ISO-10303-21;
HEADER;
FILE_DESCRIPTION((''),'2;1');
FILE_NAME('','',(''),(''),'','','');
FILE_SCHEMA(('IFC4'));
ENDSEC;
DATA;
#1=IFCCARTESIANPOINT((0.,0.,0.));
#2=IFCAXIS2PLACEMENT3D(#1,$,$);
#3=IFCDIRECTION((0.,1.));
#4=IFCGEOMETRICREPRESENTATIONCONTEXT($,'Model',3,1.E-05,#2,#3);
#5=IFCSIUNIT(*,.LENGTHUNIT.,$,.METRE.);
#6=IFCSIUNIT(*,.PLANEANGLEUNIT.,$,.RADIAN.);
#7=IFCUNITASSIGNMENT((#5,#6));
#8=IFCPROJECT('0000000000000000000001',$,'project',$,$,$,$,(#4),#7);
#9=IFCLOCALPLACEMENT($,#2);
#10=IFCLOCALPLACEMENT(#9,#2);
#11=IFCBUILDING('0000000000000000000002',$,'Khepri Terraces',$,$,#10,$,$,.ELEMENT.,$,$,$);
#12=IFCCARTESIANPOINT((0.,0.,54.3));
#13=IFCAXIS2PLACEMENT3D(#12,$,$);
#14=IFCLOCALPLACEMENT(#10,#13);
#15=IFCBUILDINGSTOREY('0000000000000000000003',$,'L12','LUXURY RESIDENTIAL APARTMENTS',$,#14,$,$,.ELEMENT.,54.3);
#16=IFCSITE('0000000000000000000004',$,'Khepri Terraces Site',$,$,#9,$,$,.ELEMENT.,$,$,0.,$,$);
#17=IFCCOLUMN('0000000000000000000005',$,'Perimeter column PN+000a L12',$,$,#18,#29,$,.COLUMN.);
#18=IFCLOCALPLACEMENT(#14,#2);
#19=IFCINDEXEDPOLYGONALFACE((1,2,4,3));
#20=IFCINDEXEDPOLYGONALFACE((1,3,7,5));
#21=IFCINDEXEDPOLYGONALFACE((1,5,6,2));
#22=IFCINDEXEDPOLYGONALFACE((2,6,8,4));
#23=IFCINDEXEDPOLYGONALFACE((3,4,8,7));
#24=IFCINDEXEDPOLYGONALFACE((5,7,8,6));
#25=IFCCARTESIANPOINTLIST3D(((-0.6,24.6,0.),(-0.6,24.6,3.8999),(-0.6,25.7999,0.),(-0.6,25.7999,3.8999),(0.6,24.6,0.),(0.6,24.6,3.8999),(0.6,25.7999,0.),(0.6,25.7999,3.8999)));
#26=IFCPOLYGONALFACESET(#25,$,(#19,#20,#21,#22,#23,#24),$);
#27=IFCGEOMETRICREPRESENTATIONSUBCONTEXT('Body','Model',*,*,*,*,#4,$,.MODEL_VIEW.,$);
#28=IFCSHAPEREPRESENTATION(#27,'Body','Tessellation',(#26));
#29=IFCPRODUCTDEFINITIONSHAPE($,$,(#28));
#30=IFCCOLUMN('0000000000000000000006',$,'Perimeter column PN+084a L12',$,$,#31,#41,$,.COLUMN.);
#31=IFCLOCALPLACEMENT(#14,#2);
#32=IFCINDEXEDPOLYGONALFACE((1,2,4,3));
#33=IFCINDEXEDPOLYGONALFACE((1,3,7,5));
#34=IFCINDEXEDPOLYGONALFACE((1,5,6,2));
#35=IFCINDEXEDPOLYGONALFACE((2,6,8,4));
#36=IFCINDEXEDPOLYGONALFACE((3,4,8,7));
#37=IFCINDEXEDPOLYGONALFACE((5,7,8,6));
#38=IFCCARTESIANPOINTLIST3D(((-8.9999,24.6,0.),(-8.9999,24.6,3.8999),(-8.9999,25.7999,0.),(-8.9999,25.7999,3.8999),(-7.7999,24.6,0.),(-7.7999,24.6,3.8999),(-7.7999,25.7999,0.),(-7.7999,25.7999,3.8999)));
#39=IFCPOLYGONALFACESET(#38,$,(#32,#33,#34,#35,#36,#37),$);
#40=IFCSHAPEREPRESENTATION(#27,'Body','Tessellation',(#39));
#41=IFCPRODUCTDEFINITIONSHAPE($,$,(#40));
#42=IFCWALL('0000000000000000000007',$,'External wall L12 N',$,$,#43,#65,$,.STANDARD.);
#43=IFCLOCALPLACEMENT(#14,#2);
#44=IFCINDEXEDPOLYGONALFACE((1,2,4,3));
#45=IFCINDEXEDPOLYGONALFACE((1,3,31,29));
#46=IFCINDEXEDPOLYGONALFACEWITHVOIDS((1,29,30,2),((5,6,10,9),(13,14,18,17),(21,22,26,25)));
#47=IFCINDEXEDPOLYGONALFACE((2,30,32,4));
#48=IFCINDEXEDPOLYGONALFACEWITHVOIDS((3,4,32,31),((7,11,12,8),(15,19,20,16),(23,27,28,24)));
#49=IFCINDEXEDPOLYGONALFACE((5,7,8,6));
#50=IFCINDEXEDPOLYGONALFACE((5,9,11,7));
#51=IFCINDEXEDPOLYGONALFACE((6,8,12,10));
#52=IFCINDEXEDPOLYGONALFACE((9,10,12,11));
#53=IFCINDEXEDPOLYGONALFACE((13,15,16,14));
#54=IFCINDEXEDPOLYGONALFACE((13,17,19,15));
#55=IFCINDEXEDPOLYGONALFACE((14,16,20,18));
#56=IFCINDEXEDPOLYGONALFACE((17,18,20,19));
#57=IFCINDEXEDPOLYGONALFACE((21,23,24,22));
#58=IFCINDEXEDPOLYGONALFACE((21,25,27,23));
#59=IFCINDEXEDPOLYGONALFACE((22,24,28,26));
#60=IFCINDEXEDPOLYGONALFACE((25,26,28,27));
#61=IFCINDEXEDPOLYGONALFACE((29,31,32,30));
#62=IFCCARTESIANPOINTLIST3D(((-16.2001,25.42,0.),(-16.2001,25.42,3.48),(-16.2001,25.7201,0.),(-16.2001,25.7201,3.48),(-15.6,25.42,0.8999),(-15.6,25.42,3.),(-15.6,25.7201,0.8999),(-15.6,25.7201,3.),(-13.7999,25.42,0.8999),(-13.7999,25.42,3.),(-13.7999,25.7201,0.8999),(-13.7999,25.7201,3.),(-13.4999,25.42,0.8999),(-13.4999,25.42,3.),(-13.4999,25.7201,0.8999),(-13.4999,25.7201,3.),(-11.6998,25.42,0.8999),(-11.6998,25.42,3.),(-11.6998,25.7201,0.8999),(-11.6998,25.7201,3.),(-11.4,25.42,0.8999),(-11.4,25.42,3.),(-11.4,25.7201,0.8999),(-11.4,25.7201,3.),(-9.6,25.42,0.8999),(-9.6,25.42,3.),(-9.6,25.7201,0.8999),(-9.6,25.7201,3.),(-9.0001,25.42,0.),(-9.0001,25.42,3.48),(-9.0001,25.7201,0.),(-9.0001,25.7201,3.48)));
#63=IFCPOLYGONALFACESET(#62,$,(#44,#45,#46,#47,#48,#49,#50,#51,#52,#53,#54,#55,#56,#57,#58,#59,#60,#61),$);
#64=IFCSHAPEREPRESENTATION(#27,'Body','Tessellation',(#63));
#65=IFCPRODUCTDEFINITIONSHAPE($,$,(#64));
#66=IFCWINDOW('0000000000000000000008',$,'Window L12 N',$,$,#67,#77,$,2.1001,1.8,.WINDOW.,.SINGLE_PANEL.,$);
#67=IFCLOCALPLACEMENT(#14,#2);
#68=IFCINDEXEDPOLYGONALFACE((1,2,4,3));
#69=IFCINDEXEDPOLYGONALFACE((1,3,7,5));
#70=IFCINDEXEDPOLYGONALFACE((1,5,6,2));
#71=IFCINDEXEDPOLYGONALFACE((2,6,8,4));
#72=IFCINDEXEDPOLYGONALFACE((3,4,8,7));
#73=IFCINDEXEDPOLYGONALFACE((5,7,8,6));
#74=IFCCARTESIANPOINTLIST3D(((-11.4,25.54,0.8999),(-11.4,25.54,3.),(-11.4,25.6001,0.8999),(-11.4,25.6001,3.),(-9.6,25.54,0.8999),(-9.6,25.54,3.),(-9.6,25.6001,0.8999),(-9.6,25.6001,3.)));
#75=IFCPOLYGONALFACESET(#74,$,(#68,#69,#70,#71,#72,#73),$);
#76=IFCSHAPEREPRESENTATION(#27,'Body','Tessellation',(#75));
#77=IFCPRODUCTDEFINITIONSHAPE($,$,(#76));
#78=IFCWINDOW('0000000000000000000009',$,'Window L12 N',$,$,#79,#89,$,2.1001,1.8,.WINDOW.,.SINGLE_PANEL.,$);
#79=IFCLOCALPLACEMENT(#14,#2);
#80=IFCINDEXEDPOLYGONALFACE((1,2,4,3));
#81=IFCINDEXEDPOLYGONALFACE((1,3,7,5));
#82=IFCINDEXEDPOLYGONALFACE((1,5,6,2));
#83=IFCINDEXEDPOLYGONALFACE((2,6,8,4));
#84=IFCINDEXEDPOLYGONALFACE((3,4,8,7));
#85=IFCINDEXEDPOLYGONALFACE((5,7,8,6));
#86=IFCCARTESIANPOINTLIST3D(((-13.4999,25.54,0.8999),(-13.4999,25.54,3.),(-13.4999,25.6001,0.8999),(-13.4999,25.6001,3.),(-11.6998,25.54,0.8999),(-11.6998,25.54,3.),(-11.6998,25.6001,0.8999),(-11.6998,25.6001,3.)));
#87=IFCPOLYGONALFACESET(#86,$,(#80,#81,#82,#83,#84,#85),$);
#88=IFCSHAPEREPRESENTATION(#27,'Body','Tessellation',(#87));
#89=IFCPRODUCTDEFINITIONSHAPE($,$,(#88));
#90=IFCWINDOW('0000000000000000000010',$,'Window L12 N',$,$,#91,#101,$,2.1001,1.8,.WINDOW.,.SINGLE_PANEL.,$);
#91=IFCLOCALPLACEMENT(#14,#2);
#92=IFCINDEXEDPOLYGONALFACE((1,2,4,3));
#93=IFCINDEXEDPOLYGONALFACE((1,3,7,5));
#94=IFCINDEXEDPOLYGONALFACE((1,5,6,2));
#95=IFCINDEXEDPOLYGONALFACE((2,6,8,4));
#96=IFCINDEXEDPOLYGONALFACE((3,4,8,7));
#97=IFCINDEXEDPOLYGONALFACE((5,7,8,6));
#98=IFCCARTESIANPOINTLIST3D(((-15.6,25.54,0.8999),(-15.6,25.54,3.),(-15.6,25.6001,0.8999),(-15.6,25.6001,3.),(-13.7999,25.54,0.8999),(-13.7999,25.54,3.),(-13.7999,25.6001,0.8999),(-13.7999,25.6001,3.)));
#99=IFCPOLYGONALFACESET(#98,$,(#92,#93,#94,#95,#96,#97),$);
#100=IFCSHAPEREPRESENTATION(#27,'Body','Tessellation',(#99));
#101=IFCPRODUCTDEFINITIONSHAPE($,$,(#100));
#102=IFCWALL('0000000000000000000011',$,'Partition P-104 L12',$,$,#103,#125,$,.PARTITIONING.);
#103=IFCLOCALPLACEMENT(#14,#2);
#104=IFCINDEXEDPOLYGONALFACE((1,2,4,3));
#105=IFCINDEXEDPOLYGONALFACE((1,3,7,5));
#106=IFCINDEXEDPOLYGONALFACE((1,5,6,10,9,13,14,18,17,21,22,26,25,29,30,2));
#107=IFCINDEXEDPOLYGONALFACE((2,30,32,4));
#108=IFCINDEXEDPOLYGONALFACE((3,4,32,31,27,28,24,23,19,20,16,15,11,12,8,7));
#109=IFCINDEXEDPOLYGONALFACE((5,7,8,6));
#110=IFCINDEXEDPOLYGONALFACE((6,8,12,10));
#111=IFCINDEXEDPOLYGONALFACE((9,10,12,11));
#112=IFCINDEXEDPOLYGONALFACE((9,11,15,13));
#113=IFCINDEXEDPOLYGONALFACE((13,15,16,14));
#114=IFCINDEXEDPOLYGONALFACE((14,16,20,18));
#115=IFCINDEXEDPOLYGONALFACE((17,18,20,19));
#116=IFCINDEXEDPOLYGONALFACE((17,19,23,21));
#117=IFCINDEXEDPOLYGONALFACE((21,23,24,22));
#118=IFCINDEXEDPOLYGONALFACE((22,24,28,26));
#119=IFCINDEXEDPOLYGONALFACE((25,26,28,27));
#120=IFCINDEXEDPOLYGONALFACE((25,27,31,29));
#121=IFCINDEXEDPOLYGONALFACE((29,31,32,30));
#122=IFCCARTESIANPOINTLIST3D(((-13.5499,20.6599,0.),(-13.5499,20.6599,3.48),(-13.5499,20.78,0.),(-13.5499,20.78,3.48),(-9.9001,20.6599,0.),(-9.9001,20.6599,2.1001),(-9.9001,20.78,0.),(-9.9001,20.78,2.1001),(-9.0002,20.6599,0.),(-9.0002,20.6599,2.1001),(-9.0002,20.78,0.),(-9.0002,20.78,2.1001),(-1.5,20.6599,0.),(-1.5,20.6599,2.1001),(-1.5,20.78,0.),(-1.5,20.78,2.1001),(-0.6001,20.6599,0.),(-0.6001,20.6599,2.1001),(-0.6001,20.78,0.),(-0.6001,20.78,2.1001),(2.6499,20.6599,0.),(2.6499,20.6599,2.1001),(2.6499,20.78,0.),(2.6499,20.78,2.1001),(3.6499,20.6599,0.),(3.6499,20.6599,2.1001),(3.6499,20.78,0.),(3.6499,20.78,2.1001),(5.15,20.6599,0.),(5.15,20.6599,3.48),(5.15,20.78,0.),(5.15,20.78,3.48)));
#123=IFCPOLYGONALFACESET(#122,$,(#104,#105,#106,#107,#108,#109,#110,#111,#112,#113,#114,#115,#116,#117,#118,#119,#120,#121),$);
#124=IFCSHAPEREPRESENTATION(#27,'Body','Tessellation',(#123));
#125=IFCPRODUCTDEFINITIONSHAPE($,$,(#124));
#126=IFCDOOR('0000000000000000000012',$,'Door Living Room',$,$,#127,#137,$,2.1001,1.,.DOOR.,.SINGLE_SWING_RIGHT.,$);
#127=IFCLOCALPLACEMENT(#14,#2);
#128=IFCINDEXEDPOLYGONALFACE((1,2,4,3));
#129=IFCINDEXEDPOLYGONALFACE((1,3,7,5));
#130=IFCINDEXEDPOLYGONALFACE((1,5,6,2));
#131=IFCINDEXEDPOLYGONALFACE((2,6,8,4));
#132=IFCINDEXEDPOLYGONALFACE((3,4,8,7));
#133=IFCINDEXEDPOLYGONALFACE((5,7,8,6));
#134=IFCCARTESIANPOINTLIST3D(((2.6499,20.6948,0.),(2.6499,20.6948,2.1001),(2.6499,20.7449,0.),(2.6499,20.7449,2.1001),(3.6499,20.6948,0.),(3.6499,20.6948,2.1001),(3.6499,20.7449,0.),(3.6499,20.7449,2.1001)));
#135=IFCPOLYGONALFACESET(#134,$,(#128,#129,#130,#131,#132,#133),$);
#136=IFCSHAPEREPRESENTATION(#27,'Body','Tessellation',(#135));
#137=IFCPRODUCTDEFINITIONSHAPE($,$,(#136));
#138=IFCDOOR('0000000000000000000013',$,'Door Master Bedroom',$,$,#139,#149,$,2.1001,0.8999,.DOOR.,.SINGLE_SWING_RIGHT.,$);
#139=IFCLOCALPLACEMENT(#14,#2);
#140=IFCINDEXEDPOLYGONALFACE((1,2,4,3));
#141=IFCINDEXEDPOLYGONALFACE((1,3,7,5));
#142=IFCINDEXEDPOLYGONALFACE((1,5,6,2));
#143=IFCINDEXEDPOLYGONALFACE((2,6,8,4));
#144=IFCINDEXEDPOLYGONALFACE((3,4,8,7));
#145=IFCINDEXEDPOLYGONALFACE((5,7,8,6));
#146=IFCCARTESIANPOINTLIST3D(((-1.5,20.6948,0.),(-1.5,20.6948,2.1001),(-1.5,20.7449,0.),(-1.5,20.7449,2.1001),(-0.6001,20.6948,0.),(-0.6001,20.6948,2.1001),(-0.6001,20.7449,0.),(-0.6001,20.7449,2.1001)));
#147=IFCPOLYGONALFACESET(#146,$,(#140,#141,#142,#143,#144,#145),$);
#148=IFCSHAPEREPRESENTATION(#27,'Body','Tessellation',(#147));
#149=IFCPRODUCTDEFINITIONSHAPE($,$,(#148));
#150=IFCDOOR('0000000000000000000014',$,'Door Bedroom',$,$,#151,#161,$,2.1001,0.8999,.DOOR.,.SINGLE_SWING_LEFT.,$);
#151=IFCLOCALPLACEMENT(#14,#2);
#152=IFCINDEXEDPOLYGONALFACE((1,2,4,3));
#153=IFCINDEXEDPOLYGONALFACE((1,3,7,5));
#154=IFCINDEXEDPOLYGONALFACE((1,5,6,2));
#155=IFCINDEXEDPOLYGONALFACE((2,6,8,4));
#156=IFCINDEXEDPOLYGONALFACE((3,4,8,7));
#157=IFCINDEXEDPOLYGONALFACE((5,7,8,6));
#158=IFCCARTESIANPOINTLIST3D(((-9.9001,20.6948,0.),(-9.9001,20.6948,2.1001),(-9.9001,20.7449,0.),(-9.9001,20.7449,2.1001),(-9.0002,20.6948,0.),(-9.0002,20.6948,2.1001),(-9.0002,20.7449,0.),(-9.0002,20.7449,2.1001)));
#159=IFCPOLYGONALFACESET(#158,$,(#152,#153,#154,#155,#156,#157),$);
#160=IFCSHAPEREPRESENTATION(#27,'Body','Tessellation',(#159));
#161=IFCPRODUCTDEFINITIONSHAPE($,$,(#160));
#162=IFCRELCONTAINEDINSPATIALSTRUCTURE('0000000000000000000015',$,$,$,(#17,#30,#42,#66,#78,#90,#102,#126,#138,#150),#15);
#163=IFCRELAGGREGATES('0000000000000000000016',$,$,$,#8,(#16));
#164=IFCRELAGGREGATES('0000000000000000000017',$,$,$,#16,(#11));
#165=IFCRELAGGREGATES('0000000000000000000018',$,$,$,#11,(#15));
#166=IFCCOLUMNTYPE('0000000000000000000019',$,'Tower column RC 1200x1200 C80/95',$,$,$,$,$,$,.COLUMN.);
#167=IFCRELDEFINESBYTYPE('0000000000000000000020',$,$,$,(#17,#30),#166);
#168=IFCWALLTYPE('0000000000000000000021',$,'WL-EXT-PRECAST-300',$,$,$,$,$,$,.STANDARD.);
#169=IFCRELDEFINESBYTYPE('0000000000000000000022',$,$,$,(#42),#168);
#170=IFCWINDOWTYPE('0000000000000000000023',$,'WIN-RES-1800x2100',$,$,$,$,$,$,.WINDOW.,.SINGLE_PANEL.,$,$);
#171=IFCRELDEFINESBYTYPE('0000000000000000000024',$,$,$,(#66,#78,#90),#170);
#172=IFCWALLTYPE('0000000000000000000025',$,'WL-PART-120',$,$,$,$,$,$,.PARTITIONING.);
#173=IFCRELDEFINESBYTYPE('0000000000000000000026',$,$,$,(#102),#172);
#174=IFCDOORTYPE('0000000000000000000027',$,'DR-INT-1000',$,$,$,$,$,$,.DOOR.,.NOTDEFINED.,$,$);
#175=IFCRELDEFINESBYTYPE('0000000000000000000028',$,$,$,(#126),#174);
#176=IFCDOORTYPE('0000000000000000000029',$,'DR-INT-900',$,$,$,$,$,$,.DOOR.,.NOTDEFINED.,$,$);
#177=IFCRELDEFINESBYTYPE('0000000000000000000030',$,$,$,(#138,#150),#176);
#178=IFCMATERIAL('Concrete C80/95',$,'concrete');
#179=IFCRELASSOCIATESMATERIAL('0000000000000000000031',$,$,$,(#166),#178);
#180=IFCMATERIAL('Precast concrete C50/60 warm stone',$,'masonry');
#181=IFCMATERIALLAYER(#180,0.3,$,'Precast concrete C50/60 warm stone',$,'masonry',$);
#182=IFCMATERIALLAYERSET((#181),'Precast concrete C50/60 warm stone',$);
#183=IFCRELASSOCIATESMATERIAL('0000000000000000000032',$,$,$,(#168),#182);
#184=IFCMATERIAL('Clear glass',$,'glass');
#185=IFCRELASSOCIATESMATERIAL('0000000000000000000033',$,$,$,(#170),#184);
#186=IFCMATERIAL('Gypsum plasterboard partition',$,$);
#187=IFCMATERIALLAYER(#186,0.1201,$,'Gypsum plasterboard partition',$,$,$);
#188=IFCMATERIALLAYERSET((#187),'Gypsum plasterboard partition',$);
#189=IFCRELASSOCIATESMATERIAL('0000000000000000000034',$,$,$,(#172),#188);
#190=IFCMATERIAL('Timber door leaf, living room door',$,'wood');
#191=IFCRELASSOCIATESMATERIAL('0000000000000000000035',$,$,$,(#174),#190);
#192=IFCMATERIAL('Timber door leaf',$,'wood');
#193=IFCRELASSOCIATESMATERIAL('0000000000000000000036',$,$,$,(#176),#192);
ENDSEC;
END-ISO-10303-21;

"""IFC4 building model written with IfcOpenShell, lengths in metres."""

from ifc_helpers import new_model, si_unit, direction, frame, frame_2d, origin, origin_2d, place, context, subcontext, project, spatial, rectangle, extrude, material, layer, layer_set, material_profile, profile_set, type_object, element, fill, save


model = new_model("IFC4")

# Units and contexts
model_context = context("Model", 3, precision=1e-05, world=origin(), true_north=direction((0.0, 1.0)))
body_context = subcontext(model_context, "Body", "Model", "MODEL_VIEW")
ifc_project = project(units=[si_unit("LENGTHUNIT", "METRE"), si_unit("PLANEANGLEUNIT", "RADIAN")], contexts=[model_context])

# Site, building, storey
site_placement = place(None, origin())
site = spatial("IfcSite", under=ifc_project, at=site_placement, Name="Khepri Terraces Site", CompositionType="ELEMENT", RefElevation=0.0)
building_placement = place(site_placement, origin())
building = spatial("IfcBuilding", under=site, at=building_placement, Name="Khepri Terraces", CompositionType="ELEMENT")
storey_placement = place(building_placement, frame((0.0, 0.0, 54.3)))
storey = spatial("IfcBuildingStorey", under=building, at=storey_placement, Name="L12", Description="LUXURY RESIDENTIAL APARTMENTS", CompositionType="ELEMENT", Elevation=54.3)

# Columns
ifc_material_1 = material(Name="Concrete C80/95", Category="concrete")
ifc_material_profile = material_profile(ifc_material_1, rectangle(XDim=1.2, YDim=1.2, at=origin_2d()), Name="Concrete C80/95", Category="concrete")
ifc_profile_set = profile_set([ifc_material_profile], Name="Concrete C80/95")
column_type = type_object("IfcColumnType", Name="Tower column RC 1200x1200 C80/95", PredefinedType="COLUMN", material=ifc_profile_set)
for number, where, z_axis, x_axis, name in (
    (1, (0.0, 25.2, 0.0), (0.0, 0.0, 1.0), (1.0, 0.0, 0.0), "Perimeter column PN+000a L12"),
    (2, (-8.3999, 25.2, 0.0), (0.0, 0.0, 1.0), (1.0, 0.0, 0.0), "Perimeter column PN+084a L12"),
):
    element("IfcColumn", number, at=place(storey_placement, frame(where, z_axis=z_axis, x_axis=x_axis)), inside=storey, type_object=column_type, Name=name, PredefinedType="COLUMN", context=body_context, shape_type="SweptSolid", body=[
        extrude(rectangle(XDim=1.2, YDim=1.2, at=origin_2d()), origin(), (0.0, 0.0, 1.0), 3.8999),
    ])

# Shared definitions
ifc_material_2 = material(Name="Precast concrete C50/60 warm stone", Category="masonry")
ifc_layer_1 = layer(ifc_material_2, 0.3, Name="Precast concrete C50/60 warm stone", Category="masonry")
ifc_layer_set_1 = layer_set([ifc_layer_1], Name="Precast concrete C50/60 warm stone")
wall_type_1 = type_object("IfcWallType", Name="WL-EXT-PRECAST-300", PredefinedType="STANDARD", material=ifc_layer_set_1)
ifc_material_3 = material(Name="Clear glass", Category="glass")
window_type = type_object("IfcWindowType", Name="WIN-RES-1800x2100", PartitioningType="SINGLE_PANEL", PredefinedType="WINDOW", material=ifc_material_3)

# Wall, openings, windows
wall_1_placement = place(storey_placement, frame((-9.0, 25.5701, 0.0), z_axis=(0.0, 0.0, 1.0), x_axis=(-1.0, 0.0, 0.0)))
wall_1 = element("IfcWall", 3, at=wall_1_placement, inside=storey, type_object=wall_type_1, Name="External wall L12 N", PredefinedType="STANDARD", context=body_context, shape_type="SweptSolid", body=[
    extrude(rectangle(XDim=7.2, YDim=0.3, at=frame_2d((3.6001, 0.0))), origin(), (0.0, 0.0, 1.0), 3.48),
])
opening_1_placement = place(wall_1_placement, frame((0.6001, 0.0, 0.8999)))
opening_1 = element("IfcOpeningElement", 4, at=opening_1_placement, cuts=wall_1, PredefinedType="OPENING", context=body_context, shape_type="SweptSolid", body=[
    extrude(rectangle(XDim=1.8, YDim=2.1001, at=frame_2d((0.8999, 1.05))), frame((0.0, 0.1602, 0.0), z_axis=(0.0, -1.0, 0.0), x_axis=(1.0, 0.0, 0.0)), (0.0, 0.0, 1.0), 0.3201),
])
opening_2_placement = place(wall_1_placement, frame((2.7, 0.0, 0.8999)))
opening_2 = element("IfcOpeningElement", 5, at=opening_2_placement, cuts=wall_1, PredefinedType="OPENING", context=body_context, shape_type="SweptSolid", body=[
    extrude(rectangle(XDim=1.8, YDim=2.1001, at=frame_2d((0.8999, 1.05))), frame((0.0, 0.1602, 0.0), z_axis=(0.0, -1.0, 0.0), x_axis=(1.0, 0.0, 0.0)), (0.0, 0.0, 1.0), 0.3201),
])
opening_3_placement = place(wall_1_placement, frame((4.8, 0.0, 0.8999)))
opening_3 = element("IfcOpeningElement", 6, at=opening_3_placement, cuts=wall_1, PredefinedType="OPENING", context=body_context, shape_type="SweptSolid", body=[
    extrude(rectangle(XDim=1.8, YDim=2.1001, at=frame_2d((0.8999, 1.05))), frame((0.0, 0.1602, 0.0), z_axis=(0.0, -1.0, 0.0), x_axis=(1.0, 0.0, 0.0)), (0.0, 0.0, 1.0), 0.3201),
])
window_1_placement = place(opening_1_placement, origin())
window_1 = element("IfcWindow", 7, at=window_1_placement, inside=storey, type_object=window_type, Name="Window L12 N", OverallHeight=2.1001, OverallWidth=1.8, PartitioningType="SINGLE_PANEL", PredefinedType="WINDOW", context=body_context, shape_type="SweptSolid", body=[
    extrude(rectangle(XDim=1.8, YDim=2.1001, at=frame_2d((0.8999, 1.05))), frame((0.0, 0.03, 0.0), z_axis=(0.0, -1.0, 0.0), x_axis=(1.0, 0.0, 0.0)), (0.0, 0.0, 1.0), 0.0601),
])
fill(opening_1, window_1)
window_2_placement = place(opening_2_placement, origin())
window_2 = element("IfcWindow", 8, at=window_2_placement, inside=storey, type_object=window_type, Name="Window L12 N", OverallHeight=2.1001, OverallWidth=1.8, PartitioningType="SINGLE_PANEL", PredefinedType="WINDOW", context=body_context, shape_type="SweptSolid", body=[
    extrude(rectangle(XDim=1.8, YDim=2.1001, at=frame_2d((0.8999, 1.05))), frame((0.0, 0.03, 0.0), z_axis=(0.0, -1.0, 0.0), x_axis=(1.0, 0.0, 0.0)), (0.0, 0.0, 1.0), 0.0601),
])
fill(opening_2, window_2)
window_3_placement = place(opening_3_placement, origin())
window_3 = element("IfcWindow", 9, at=window_3_placement, inside=storey, type_object=window_type, Name="Window L12 N", OverallHeight=2.1001, OverallWidth=1.8, PartitioningType="SINGLE_PANEL", PredefinedType="WINDOW", context=body_context, shape_type="SweptSolid", body=[
    extrude(rectangle(XDim=1.8, YDim=2.1001, at=frame_2d((0.8999, 1.05))), frame((0.0, 0.03, 0.0), z_axis=(0.0, -1.0, 0.0), x_axis=(1.0, 0.0, 0.0)), (0.0, 0.0, 1.0), 0.0601),
])
fill(opening_3, window_3)

# Wall, openings, doors
ifc_material_4 = material(Name="Gypsum plasterboard partition")
ifc_layer_2 = layer(ifc_material_4, 0.1201, Name="Gypsum plasterboard partition")
ifc_layer_set_2 = layer_set([ifc_layer_2], Name="Gypsum plasterboard partition")
wall_type_2 = type_object("IfcWallType", Name="WL-PART-120", PredefinedType="PARTITIONING", material=ifc_layer_set_2)
wall_2_placement = place(storey_placement, frame((-13.55, 20.72, 0.0), z_axis=(0.0, 0.0, 1.0), x_axis=(1.0, 0.0, 0.0)))
wall_2 = element("IfcWall", 10, at=wall_2_placement, inside=storey, type_object=wall_type_2, Name="Partition P-104 L12", PredefinedType="PARTITIONING", context=body_context, shape_type="SweptSolid", body=[
    extrude(rectangle(XDim=18.7, YDim=0.1201, at=frame_2d((9.3501, 0.0))), origin(), (0.0, 0.0, 1.0), 3.48),
])
opening_4_placement = place(wall_2_placement, frame((16.2, 0.0, 0.0)))
opening_4 = element("IfcOpeningElement", 11, at=opening_4_placement, cuts=wall_2, PredefinedType="OPENING", context=body_context, shape_type="SweptSolid", body=[
    extrude(rectangle(XDim=1.0, YDim=2.1001, at=frame_2d((0.5, 1.05))), frame((0.0, 0.0701, 0.0), z_axis=(0.0, -1.0, 0.0), x_axis=(1.0, 0.0, 0.0)), (0.0, 0.0, 1.0), 0.1401),
])
opening_5_placement = place(wall_2_placement, frame((12.05, 0.0, 0.0)))
opening_5 = element("IfcOpeningElement", 12, at=opening_5_placement, cuts=wall_2, PredefinedType="OPENING", context=body_context, shape_type="SweptSolid", body=[
    extrude(rectangle(XDim=0.8999, YDim=2.1001, at=frame_2d((0.45, 1.05))), frame((0.0, 0.0701, 0.0), z_axis=(0.0, -1.0, 0.0), x_axis=(1.0, 0.0, 0.0)), (0.0, 0.0, 1.0), 0.1401),
])
opening_6_placement = place(wall_2_placement, frame((3.6499, 0.0, 0.0)))
opening_6 = element("IfcOpeningElement", 13, at=opening_6_placement, cuts=wall_2, PredefinedType="OPENING", context=body_context, shape_type="SweptSolid", body=[
    extrude(rectangle(XDim=0.8999, YDim=2.1001, at=frame_2d((0.45, 1.05))), frame((0.0, 0.0701, 0.0), z_axis=(0.0, -1.0, 0.0), x_axis=(1.0, 0.0, 0.0)), (0.0, 0.0, 1.0), 0.1401),
])
ifc_material_5 = material(Name="Timber door leaf, living room door", Category="wood")
door_type_1 = type_object("IfcDoorType", Name="DR-INT-1000", OperationType="NOTDEFINED", PredefinedType="DOOR", material=ifc_material_5)
door_1_placement = place(opening_4_placement, origin())
door_1 = element("IfcDoor", 14, at=door_1_placement, inside=storey, type_object=door_type_1, Name="Door Living Room", OperationType="SINGLE_SWING_RIGHT", OverallHeight=2.1001, OverallWidth=1.0, PredefinedType="DOOR", context=body_context, shape_type="SweptSolid", body=[
    extrude(rectangle(XDim=1.0, YDim=2.1001, at=frame_2d((0.5, 1.05))), frame((0.0, 0.0249, 0.0), z_axis=(0.0, -1.0, 0.0), x_axis=(1.0, 0.0, 0.0)), (0.0, 0.0, 1.0), 0.05),
])
fill(opening_4, door_1)
ifc_material_6 = material(Name="Timber door leaf", Category="wood")
door_type_2 = type_object("IfcDoorType", Name="DR-INT-900", OperationType="NOTDEFINED", PredefinedType="DOOR", material=ifc_material_6)
door_2_placement = place(opening_5_placement, origin())
door_2 = element("IfcDoor", 15, at=door_2_placement, inside=storey, type_object=door_type_2, Name="Door Master Bedroom", OperationType="SINGLE_SWING_RIGHT", OverallHeight=2.1001, OverallWidth=0.8999, PredefinedType="DOOR", context=body_context, shape_type="SweptSolid", body=[
    extrude(rectangle(XDim=0.8999, YDim=2.1001, at=frame_2d((0.45, 1.05))), frame((0.0, 0.0249, 0.0), z_axis=(0.0, -1.0, 0.0), x_axis=(1.0, 0.0, 0.0)), (0.0, 0.0, 1.0), 0.05),
])
fill(opening_5, door_2)
door_3_placement = place(opening_6_placement, origin())
door_3 = element("IfcDoor", 16, at=door_3_placement, inside=storey, type_object=door_type_2, Name="Door Bedroom", OperationType="SINGLE_SWING_LEFT", OverallHeight=2.1001, OverallWidth=0.8999, PredefinedType="DOOR", context=body_context, shape_type="SweptSolid", body=[
    extrude(rectangle(XDim=0.8999, YDim=2.1001, at=frame_2d((0.45, 1.05))), frame((0.0, 0.0249, 0.0), z_axis=(0.0, -1.0, 0.0), x_axis=(1.0, 0.0, 0.0)), (0.0, 0.0, 1.0), 0.05),
])
fill(opening_6, door_3)

save(model, "model.ifc")
